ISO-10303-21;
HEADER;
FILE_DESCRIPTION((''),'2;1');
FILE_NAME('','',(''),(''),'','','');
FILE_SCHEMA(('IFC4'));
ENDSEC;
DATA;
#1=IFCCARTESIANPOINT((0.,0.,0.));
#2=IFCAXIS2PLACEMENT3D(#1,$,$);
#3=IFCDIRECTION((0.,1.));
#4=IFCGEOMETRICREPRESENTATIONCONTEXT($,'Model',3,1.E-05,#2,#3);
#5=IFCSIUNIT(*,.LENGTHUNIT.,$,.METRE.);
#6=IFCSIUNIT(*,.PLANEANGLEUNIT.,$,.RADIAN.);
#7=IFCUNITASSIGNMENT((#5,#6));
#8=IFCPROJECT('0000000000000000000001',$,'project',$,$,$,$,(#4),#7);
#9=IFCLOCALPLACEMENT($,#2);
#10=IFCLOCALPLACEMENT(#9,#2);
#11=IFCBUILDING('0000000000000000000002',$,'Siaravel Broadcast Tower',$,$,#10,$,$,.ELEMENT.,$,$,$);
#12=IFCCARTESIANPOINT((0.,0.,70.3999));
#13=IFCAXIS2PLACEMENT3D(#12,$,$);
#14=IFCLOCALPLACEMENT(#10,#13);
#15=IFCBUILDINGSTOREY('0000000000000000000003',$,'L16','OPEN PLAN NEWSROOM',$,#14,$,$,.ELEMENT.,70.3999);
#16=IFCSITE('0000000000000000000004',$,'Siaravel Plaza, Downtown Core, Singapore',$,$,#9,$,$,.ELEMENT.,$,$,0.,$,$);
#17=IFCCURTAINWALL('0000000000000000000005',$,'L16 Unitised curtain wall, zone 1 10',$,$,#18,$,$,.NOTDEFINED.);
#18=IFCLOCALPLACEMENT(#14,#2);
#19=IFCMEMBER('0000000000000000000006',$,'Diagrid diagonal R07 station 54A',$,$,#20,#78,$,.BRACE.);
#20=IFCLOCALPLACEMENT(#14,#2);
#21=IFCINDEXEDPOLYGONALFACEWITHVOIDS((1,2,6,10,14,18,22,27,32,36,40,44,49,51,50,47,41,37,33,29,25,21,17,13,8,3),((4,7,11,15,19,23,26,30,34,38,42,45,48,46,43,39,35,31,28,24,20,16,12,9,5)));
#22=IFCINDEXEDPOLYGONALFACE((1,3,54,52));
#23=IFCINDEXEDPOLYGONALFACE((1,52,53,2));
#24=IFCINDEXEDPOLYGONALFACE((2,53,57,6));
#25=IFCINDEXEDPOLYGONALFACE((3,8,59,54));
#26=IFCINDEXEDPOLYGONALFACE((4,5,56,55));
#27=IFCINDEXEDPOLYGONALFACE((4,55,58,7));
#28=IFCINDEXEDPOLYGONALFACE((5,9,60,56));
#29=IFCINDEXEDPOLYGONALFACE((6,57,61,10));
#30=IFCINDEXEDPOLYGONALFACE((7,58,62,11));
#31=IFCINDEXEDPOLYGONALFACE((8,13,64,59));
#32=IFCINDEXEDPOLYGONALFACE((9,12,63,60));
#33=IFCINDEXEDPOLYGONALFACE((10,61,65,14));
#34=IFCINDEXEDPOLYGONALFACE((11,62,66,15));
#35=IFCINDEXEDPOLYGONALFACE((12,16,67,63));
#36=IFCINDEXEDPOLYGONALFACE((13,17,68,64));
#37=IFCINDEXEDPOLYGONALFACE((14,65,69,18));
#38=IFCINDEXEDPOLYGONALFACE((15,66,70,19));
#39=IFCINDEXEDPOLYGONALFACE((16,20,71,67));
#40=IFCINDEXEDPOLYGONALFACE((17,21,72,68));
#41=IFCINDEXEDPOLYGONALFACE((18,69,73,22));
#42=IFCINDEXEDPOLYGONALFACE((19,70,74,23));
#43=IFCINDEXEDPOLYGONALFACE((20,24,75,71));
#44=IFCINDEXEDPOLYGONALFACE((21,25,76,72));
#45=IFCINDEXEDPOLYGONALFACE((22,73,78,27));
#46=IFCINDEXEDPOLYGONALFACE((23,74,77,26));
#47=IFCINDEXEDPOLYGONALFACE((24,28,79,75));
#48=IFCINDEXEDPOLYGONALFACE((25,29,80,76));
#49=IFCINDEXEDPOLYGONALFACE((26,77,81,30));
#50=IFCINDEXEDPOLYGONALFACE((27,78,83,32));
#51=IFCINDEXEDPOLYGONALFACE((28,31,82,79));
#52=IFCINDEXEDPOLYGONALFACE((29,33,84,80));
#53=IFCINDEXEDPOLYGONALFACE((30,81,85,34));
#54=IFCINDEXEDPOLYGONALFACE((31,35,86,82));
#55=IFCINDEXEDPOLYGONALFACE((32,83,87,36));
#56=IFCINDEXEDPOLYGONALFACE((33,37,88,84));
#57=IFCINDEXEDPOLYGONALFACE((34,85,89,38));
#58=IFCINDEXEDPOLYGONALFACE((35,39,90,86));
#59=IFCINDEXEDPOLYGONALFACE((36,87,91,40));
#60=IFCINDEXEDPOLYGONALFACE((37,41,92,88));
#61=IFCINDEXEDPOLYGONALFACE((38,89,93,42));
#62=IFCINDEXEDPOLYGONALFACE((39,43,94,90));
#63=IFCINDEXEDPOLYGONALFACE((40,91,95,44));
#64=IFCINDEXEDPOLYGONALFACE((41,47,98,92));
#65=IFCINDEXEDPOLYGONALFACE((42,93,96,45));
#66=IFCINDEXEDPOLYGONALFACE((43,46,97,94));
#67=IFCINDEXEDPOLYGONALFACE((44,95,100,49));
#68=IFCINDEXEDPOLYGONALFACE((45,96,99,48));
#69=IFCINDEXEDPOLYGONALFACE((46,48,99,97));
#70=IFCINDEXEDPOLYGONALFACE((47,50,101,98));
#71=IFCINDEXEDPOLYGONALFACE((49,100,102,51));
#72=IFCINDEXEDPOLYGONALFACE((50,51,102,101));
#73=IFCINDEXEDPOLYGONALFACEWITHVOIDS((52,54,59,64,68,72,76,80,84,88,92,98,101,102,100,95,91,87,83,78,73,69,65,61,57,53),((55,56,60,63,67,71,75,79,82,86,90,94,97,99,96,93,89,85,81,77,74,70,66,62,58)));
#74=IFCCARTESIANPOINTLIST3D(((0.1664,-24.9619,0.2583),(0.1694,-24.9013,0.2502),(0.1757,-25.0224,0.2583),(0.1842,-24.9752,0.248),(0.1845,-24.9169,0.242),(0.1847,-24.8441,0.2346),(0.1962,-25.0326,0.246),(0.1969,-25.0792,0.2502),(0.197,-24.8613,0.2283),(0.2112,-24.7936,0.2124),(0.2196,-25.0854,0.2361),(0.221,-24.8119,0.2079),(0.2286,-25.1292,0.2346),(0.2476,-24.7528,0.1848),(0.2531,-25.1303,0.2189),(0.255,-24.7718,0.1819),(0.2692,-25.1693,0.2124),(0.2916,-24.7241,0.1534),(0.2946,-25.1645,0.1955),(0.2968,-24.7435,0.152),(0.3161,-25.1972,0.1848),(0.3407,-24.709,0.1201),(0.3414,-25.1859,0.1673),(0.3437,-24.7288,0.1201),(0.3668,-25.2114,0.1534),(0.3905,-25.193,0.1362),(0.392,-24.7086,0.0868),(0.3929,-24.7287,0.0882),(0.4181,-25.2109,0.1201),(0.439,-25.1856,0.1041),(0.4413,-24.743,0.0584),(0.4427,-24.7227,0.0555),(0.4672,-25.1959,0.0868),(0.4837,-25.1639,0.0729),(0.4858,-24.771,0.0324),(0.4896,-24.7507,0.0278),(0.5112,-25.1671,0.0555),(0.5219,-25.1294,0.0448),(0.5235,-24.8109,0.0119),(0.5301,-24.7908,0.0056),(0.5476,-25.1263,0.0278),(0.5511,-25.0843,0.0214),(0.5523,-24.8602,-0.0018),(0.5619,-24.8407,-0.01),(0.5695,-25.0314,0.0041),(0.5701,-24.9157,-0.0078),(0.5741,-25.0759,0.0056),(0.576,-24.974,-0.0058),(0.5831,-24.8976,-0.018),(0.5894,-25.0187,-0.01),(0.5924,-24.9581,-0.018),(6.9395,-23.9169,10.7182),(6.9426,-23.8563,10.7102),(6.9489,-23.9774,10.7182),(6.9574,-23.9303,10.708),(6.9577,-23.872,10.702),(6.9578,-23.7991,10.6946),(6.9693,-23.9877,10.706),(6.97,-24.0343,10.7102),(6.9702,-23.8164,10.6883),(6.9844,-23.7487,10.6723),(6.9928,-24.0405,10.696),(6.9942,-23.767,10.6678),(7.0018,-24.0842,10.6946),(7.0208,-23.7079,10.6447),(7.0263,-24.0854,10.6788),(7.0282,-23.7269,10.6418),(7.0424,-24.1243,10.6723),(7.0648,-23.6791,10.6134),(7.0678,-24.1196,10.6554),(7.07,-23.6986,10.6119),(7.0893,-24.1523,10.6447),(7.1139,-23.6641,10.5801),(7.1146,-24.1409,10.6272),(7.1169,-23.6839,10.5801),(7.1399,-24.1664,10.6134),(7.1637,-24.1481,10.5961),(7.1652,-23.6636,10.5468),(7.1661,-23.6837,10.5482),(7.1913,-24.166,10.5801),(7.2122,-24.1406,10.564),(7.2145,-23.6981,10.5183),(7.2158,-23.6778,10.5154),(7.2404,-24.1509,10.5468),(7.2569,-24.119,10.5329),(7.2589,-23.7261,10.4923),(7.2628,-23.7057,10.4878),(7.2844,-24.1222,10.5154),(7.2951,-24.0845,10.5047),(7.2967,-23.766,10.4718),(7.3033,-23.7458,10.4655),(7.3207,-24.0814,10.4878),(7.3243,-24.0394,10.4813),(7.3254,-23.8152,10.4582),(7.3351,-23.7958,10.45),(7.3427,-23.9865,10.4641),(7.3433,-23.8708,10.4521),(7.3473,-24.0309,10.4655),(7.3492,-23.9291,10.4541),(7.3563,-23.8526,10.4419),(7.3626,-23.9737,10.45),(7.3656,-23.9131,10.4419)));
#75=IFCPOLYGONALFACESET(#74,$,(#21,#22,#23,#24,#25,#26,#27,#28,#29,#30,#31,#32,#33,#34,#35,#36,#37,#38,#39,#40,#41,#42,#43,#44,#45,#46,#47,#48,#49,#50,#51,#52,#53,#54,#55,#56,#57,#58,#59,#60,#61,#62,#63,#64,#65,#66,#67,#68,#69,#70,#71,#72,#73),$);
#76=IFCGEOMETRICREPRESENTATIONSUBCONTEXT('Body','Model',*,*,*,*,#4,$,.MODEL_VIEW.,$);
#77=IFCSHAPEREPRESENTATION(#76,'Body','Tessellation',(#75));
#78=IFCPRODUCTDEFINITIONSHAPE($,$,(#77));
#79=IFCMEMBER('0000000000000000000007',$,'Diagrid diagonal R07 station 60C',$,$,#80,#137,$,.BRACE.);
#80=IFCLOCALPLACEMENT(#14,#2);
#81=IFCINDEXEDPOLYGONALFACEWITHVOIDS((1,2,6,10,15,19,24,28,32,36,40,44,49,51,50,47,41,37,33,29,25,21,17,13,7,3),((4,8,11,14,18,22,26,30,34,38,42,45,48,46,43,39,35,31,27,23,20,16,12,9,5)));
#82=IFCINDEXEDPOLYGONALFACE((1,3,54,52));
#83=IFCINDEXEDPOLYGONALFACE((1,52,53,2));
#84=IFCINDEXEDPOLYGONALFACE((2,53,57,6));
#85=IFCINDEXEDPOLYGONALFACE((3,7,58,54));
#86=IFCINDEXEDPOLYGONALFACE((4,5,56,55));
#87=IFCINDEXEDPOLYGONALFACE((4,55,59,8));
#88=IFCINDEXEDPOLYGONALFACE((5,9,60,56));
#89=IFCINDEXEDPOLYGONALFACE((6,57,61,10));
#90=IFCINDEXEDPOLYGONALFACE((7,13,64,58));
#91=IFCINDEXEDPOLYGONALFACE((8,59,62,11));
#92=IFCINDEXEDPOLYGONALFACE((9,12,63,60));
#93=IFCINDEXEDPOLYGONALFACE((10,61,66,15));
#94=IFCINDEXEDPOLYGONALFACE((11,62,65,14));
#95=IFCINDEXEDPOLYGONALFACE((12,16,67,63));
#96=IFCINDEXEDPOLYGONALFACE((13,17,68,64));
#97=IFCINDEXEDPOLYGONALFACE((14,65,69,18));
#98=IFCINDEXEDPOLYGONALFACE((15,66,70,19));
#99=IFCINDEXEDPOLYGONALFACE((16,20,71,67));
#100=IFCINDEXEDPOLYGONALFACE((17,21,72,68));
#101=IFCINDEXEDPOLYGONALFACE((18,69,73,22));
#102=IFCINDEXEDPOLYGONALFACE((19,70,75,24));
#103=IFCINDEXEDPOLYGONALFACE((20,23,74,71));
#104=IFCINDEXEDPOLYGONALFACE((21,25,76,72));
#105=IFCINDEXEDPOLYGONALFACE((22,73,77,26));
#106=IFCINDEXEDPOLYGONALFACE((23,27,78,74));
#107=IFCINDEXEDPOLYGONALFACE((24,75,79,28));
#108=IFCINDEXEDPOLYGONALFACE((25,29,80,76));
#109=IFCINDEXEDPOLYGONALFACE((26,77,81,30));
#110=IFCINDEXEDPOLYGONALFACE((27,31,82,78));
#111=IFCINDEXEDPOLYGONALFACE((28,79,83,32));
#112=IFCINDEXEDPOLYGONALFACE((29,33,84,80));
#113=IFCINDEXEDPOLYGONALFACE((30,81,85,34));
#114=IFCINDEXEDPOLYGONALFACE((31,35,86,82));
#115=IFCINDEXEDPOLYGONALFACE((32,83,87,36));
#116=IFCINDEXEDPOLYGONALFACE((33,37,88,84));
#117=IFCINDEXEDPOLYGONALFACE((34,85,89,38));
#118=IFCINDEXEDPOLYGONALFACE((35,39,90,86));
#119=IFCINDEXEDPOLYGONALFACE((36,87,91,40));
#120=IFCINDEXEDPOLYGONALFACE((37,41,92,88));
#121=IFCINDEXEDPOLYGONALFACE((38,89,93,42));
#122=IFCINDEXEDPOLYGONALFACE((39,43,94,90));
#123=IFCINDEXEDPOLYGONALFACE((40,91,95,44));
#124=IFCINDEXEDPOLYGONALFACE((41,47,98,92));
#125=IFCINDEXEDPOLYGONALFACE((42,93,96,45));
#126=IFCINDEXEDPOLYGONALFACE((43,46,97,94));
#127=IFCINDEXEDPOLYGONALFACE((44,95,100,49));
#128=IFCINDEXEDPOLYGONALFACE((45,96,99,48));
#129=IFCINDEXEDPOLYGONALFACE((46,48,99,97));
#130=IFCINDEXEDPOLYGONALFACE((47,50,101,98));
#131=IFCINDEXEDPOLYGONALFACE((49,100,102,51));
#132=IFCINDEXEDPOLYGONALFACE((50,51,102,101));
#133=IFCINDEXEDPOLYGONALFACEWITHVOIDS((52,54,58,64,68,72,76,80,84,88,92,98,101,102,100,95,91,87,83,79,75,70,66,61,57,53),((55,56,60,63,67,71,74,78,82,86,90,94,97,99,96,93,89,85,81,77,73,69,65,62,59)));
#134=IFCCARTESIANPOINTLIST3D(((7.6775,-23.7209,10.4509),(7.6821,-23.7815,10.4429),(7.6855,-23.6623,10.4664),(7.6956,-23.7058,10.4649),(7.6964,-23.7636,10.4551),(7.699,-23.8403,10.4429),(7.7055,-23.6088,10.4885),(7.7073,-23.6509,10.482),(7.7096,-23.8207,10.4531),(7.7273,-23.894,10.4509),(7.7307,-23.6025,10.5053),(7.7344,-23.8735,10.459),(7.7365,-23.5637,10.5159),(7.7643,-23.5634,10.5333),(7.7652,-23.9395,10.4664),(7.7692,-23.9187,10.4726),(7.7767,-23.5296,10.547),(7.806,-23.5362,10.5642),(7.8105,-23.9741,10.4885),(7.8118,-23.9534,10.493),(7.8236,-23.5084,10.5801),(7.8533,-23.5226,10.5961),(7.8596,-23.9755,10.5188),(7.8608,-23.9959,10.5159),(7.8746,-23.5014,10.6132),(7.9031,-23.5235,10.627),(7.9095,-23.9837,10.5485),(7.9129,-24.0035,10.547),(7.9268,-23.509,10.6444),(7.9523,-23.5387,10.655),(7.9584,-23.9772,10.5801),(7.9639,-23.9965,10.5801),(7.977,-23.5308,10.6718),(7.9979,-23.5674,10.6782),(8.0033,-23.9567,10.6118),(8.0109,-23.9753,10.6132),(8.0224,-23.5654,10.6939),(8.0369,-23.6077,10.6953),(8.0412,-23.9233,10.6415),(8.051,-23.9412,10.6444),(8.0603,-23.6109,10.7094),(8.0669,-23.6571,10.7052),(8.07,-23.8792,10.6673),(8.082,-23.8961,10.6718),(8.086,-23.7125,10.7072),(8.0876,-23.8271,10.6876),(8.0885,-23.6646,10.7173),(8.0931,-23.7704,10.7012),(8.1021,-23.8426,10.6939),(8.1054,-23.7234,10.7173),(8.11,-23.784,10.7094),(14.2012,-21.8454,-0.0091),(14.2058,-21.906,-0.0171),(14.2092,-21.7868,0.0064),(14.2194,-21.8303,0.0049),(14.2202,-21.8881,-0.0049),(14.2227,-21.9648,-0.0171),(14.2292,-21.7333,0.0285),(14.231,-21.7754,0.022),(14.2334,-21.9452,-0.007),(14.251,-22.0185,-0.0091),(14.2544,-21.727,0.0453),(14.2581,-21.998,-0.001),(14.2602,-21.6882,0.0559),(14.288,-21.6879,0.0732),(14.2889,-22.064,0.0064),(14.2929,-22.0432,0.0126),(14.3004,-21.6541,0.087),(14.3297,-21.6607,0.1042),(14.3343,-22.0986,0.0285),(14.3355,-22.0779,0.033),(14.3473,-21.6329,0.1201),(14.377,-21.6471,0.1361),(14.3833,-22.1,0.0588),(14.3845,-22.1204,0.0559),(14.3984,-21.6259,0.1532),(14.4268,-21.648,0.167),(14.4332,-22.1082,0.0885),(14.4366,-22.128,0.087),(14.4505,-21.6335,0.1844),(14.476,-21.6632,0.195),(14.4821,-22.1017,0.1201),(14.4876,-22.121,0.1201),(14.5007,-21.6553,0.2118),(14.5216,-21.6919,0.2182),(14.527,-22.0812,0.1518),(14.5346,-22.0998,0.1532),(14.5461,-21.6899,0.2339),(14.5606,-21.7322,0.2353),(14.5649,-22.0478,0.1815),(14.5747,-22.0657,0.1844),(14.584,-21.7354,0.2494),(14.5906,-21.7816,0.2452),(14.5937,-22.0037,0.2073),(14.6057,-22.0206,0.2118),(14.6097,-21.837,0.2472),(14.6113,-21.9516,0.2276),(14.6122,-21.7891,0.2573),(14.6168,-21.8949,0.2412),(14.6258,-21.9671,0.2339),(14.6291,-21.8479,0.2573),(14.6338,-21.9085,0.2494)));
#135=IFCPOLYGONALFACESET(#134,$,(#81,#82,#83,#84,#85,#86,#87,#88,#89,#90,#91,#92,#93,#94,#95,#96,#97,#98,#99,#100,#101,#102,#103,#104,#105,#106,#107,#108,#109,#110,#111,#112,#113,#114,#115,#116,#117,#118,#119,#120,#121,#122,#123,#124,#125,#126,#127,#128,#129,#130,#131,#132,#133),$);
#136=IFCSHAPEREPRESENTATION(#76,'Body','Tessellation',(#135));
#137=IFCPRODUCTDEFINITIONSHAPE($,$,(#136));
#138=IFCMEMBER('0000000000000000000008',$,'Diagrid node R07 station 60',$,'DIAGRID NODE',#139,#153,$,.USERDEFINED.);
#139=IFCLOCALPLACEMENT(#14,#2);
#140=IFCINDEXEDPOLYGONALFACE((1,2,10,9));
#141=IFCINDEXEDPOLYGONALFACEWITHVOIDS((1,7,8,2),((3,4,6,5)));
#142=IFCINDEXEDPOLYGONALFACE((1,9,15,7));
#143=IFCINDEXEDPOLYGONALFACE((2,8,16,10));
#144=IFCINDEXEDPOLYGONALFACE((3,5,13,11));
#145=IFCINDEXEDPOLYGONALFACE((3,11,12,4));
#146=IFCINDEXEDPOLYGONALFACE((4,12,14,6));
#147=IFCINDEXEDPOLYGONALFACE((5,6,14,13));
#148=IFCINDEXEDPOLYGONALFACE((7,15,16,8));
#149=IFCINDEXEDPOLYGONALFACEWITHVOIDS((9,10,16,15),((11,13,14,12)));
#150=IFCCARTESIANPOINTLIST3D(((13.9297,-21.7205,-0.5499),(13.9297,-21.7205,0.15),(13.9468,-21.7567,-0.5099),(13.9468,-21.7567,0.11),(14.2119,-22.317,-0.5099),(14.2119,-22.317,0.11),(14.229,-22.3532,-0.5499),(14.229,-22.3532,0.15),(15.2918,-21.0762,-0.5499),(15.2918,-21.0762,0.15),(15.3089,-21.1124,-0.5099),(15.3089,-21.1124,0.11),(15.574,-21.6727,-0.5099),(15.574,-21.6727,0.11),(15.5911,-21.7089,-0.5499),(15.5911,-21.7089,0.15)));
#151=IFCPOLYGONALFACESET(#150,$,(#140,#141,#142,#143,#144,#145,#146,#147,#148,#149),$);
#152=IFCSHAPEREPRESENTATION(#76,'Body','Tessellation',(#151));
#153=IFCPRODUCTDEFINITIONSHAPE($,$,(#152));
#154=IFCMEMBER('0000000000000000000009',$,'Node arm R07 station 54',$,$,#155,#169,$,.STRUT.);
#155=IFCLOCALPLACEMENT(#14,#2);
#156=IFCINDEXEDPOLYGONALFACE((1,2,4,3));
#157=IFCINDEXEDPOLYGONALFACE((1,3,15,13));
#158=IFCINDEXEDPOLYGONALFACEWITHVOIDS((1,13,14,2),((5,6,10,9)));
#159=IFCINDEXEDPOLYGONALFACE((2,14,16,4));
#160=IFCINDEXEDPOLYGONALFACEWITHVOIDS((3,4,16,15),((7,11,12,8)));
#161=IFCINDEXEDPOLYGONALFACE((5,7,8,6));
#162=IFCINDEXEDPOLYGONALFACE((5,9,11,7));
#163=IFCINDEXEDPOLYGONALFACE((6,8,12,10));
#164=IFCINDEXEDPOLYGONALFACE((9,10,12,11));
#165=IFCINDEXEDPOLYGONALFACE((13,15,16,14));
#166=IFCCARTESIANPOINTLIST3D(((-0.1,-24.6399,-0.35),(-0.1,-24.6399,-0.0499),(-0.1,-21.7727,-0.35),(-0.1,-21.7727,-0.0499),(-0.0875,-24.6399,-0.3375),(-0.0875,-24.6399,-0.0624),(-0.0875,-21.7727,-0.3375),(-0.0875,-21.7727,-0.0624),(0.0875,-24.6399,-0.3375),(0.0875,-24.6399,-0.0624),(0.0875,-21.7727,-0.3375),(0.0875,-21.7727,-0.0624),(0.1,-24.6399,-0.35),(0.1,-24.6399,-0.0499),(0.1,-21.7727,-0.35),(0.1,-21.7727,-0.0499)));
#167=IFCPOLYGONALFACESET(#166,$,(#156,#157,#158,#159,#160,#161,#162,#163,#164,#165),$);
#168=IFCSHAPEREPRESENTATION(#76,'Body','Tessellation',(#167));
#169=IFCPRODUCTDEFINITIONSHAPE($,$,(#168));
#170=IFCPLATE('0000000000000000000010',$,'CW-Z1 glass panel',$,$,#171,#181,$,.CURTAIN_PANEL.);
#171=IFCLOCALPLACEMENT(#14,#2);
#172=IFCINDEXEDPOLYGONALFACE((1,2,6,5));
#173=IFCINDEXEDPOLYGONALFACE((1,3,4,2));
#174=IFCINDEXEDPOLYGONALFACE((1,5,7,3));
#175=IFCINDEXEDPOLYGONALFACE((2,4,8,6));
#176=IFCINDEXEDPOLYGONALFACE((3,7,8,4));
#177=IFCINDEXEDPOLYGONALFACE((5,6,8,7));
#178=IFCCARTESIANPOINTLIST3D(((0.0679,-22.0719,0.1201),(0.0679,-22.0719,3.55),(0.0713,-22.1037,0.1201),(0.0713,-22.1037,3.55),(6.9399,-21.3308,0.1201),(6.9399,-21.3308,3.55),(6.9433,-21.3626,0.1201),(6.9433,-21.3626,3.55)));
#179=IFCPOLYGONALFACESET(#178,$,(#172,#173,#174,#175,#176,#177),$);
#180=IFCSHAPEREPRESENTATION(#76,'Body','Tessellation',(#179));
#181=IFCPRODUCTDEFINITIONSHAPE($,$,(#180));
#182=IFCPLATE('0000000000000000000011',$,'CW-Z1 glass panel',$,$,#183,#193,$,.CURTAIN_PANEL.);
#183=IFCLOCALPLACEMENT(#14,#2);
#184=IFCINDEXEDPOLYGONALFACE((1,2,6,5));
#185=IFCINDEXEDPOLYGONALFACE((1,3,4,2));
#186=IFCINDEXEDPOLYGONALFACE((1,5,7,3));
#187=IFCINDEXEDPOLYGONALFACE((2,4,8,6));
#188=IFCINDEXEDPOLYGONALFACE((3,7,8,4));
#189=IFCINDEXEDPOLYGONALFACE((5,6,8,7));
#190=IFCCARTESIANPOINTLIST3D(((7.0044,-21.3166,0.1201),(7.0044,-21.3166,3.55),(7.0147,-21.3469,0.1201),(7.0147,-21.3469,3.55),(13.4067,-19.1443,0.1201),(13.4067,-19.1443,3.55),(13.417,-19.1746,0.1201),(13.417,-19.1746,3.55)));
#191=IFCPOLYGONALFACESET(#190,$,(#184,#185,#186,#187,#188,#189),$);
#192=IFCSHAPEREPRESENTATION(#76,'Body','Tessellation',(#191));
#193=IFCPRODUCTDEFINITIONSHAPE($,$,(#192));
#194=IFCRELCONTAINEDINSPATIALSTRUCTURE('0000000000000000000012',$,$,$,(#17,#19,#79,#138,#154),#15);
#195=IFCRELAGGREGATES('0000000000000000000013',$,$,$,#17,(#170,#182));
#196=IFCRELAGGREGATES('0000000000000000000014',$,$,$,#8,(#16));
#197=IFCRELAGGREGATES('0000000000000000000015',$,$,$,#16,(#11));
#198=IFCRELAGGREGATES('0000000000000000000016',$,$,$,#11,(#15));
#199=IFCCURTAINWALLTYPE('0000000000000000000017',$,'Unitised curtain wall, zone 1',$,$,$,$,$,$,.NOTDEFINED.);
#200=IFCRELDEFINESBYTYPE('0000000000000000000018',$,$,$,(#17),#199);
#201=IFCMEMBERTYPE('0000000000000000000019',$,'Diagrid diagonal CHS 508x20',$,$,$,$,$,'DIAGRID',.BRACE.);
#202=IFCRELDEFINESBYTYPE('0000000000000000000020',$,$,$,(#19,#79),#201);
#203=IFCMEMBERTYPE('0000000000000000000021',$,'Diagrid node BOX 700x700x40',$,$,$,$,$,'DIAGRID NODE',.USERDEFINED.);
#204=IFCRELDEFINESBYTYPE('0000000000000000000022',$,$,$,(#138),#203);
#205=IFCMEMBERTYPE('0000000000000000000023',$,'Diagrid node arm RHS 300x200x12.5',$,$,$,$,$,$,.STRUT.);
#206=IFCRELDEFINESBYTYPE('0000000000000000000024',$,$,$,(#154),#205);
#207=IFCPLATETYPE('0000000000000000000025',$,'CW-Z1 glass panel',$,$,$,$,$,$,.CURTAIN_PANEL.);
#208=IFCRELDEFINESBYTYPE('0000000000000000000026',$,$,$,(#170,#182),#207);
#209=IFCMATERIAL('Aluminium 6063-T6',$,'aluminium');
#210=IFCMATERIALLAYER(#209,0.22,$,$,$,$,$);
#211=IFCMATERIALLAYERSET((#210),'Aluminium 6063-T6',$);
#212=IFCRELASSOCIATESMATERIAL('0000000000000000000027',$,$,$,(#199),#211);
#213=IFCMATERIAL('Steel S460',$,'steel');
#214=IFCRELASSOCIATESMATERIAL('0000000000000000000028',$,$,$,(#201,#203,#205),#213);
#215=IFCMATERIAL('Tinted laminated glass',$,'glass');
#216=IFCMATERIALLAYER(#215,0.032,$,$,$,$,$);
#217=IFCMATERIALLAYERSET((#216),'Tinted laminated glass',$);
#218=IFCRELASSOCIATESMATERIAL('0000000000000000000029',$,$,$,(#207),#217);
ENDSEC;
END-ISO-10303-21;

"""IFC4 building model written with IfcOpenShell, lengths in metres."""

from ifc_helpers import new_model, si_unit, direction, frame, origin, origin_2d, place, context, subcontext, project, spatial, rectangle, hollow_rectangle, hollow_circle, extrude, material, layer, layer_set, material_profile, profile_set, type_object, element, aggregate, save


model = new_model("IFC4")

# Units and contexts
model_context = context("Model", 3, precision=1e-05, world=origin(), true_north=direction((0.0, 1.0)))
body_context = subcontext(model_context, "Body", "Model", "MODEL_VIEW")
ifc_project = project(units=[si_unit("LENGTHUNIT", "METRE"), si_unit("PLANEANGLEUNIT", "RADIAN")], contexts=[model_context])

# Site, building, storey
site_placement = place(None, origin())
site = spatial("IfcSite", under=ifc_project, at=site_placement, Name="Siaravel Plaza, Downtown Core, Singapore", CompositionType="ELEMENT", RefElevation=0.0)
building_placement = place(site_placement, origin())
building = spatial("IfcBuilding", under=site, at=building_placement, Name="Siaravel Broadcast Tower", CompositionType="ELEMENT")
storey_placement = place(building_placement, frame((0.0, 0.0, 70.3999)))
storey = spatial("IfcBuildingStorey", under=building, at=storey_placement, Name="L16", Description="OPEN PLAN NEWSROOM", CompositionType="ELEMENT", Elevation=70.3999)

# Curtain wall
ifc_material_1 = material(Name="Aluminium 6063-T6", Category="aluminium")
ifc_layer_1 = layer(ifc_material_1, 0.22)
ifc_layer_set_1 = layer_set([ifc_layer_1], Name="Aluminium 6063-T6")
curtain_wall_type = type_object("IfcCurtainWallType", Name="Unitised curtain wall, zone 1", PredefinedType="NOTDEFINED", material=ifc_layer_set_1)
curtain_wall_placement = place(storey_placement, origin())
curtain_wall = element("IfcCurtainWall", 1, at=curtain_wall_placement, inside=storey, type_object=curtain_wall_type, Name="L16 Unitised curtain wall, zone 1 10", PredefinedType="NOTDEFINED")

# Members
ifc_material_2 = material(Name="Steel S460", Category="steel")
ifc_material_profile_1 = material_profile(ifc_material_2, hollow_circle(Radius=0.2539, WallThickness=0.02, at=origin_2d()))
ifc_profile_set_1 = profile_set([ifc_material_profile_1], Name="Steel S460")
member_type_1 = type_object("IfcMemberType", Name="Diagrid diagonal CHS 508x20", ElementType="DIAGRID", PredefinedType="BRACE", material=ifc_profile_set_1)
member_1_placement = place(storey_placement, frame((0.3794, -24.96, 0.1201), z_axis=(0.541632, 0.083559, 0.836452), x_axis=(-0.152469, 0.988308, 0.0)))
element("IfcMember", 2, at=member_1_placement, inside=storey, type_object=member_type_1, Name="Diagrid diagonal R07 station 54A", PredefinedType="BRACE", context=body_context, shape_type="SweptSolid", body=[
    extrude(hollow_circle(Radius=0.2539, WallThickness=0.02, at=origin_2d()), origin(), (0.0, 0.0, 1.0), 12.5051),
])
member_2_placement = place(storey_placement, frame((14.4175, -21.877, 0.1201), z_axis=(-0.523174, -0.150407, 0.838848), x_axis=(0.276298, -0.961072, 0.0)))
element("IfcMember", 3, at=member_2_placement, inside=storey, type_object=member_type_1, Name="Diagrid diagonal R07 station 60C", PredefinedType="BRACE", context=body_context, shape_type="SweptSolid", body=[
    extrude(hollow_circle(Radius=0.2539, WallThickness=0.02, at=origin_2d()), origin(), (0.0, 0.0, 1.0), 12.4695),
])
ifc_material_profile_2 = material_profile(ifc_material_2, hollow_rectangle(XDim=0.7, YDim=0.7, WallThickness=0.04, at=origin_2d()))
ifc_profile_set_2 = profile_set([ifc_material_profile_2], Name="Steel S460")
member_type_2 = type_object("IfcMemberType", Name="Diagrid node BOX 700x700x40", ElementType="DIAGRID NODE", PredefinedType="USERDEFINED", material=ifc_profile_set_2)
member_3_placement = place(storey_placement, frame((14.0793, -22.0369, -0.2), z_axis=(0.903969, 0.427599, 0.0), x_axis=(-0.427599, 0.903969, 0.0)))
element("IfcMember", 4, at=member_3_placement, inside=storey, type_object=member_type_2, Name="Diagrid node R07 station 60", ObjectType="DIAGRID NODE", PredefinedType="USERDEFINED", context=body_context, shape_type="SweptSolid", body=[
    extrude(hollow_rectangle(XDim=0.7, YDim=0.7, WallThickness=0.04, at=origin_2d()), origin(), (0.0, 0.0, 1.0), 1.5068),
])
ifc_material_profile_3 = material_profile(ifc_material_2, hollow_rectangle(XDim=0.2, YDim=0.3, WallThickness=0.0125, at=origin_2d()))
ifc_profile_set_3 = profile_set([ifc_material_profile_3], Name="Steel S460")
member_type_3 = type_object("IfcMemberType", Name="Diagrid node arm RHS 300x200x12.5", PredefinedType="STRUT", material=ifc_profile_set_3)
member_4_placement = place(storey_placement, frame((0.0, -21.7727, -0.2), z_axis=(0.0, -1.0, 0.0), x_axis=(1.0, 0.0, 0.0)))
element("IfcMember", 5, at=member_4_placement, inside=storey, type_object=member_type_3, Name="Node arm R07 station 54", PredefinedType="STRUT", context=body_context, shape_type="SweptSolid", body=[
    extrude(hollow_rectangle(XDim=0.2, YDim=0.3, WallThickness=0.0125, at=origin_2d()), origin(), (0.0, 0.0, 1.0), 2.8672),
])

# Plates
ifc_material_3 = material(Name="Tinted laminated glass", Category="glass")
ifc_layer_2 = layer(ifc_material_3, 0.032)
ifc_layer_set_2 = layer_set([ifc_layer_2], Name="Tinted laminated glass")
plate_type = type_object("IfcPlateType", Name="CW-Z1 glass panel", PredefinedType="CURTAIN_PANEL", material=ifc_layer_set_2)
plate_1_placement = place(storey_placement, frame((3.5056, -21.7173, 0.1201), z_axis=(0.0, 0.0, 1.0), x_axis=(0.994236, 0.107218, 0.0)))
plate_1 = element("IfcPlate", 6, at=plate_1_placement, type_object=plate_type, Name="CW-Z1 glass panel", PredefinedType="CURTAIN_PANEL", context=body_context, shape_type="SweptSolid", body=[
    extrude(rectangle(XDim=6.9119, YDim=0.032, at=origin_2d()), origin(), (0.0, 0.0, 1.0), 3.4299),
])
plate_2_placement = place(storey_placement, frame((10.2107, -20.2456, 0.1201), z_axis=(0.0, 0.0, 1.0), x_axis=(0.946977, 0.321301, 0.0)))
plate_2 = element("IfcPlate", 7, at=plate_2_placement, type_object=plate_type, Name="CW-Z1 glass panel", PredefinedType="CURTAIN_PANEL", context=body_context, shape_type="SweptSolid", body=[
    extrude(rectangle(XDim=6.7607, YDim=0.032, at=origin_2d()), origin(), (0.0, 0.0, 1.0), 3.4299),
])
aggregate(curtain_wall, [plate_1, plate_2])

save(model, "model.ifc")
